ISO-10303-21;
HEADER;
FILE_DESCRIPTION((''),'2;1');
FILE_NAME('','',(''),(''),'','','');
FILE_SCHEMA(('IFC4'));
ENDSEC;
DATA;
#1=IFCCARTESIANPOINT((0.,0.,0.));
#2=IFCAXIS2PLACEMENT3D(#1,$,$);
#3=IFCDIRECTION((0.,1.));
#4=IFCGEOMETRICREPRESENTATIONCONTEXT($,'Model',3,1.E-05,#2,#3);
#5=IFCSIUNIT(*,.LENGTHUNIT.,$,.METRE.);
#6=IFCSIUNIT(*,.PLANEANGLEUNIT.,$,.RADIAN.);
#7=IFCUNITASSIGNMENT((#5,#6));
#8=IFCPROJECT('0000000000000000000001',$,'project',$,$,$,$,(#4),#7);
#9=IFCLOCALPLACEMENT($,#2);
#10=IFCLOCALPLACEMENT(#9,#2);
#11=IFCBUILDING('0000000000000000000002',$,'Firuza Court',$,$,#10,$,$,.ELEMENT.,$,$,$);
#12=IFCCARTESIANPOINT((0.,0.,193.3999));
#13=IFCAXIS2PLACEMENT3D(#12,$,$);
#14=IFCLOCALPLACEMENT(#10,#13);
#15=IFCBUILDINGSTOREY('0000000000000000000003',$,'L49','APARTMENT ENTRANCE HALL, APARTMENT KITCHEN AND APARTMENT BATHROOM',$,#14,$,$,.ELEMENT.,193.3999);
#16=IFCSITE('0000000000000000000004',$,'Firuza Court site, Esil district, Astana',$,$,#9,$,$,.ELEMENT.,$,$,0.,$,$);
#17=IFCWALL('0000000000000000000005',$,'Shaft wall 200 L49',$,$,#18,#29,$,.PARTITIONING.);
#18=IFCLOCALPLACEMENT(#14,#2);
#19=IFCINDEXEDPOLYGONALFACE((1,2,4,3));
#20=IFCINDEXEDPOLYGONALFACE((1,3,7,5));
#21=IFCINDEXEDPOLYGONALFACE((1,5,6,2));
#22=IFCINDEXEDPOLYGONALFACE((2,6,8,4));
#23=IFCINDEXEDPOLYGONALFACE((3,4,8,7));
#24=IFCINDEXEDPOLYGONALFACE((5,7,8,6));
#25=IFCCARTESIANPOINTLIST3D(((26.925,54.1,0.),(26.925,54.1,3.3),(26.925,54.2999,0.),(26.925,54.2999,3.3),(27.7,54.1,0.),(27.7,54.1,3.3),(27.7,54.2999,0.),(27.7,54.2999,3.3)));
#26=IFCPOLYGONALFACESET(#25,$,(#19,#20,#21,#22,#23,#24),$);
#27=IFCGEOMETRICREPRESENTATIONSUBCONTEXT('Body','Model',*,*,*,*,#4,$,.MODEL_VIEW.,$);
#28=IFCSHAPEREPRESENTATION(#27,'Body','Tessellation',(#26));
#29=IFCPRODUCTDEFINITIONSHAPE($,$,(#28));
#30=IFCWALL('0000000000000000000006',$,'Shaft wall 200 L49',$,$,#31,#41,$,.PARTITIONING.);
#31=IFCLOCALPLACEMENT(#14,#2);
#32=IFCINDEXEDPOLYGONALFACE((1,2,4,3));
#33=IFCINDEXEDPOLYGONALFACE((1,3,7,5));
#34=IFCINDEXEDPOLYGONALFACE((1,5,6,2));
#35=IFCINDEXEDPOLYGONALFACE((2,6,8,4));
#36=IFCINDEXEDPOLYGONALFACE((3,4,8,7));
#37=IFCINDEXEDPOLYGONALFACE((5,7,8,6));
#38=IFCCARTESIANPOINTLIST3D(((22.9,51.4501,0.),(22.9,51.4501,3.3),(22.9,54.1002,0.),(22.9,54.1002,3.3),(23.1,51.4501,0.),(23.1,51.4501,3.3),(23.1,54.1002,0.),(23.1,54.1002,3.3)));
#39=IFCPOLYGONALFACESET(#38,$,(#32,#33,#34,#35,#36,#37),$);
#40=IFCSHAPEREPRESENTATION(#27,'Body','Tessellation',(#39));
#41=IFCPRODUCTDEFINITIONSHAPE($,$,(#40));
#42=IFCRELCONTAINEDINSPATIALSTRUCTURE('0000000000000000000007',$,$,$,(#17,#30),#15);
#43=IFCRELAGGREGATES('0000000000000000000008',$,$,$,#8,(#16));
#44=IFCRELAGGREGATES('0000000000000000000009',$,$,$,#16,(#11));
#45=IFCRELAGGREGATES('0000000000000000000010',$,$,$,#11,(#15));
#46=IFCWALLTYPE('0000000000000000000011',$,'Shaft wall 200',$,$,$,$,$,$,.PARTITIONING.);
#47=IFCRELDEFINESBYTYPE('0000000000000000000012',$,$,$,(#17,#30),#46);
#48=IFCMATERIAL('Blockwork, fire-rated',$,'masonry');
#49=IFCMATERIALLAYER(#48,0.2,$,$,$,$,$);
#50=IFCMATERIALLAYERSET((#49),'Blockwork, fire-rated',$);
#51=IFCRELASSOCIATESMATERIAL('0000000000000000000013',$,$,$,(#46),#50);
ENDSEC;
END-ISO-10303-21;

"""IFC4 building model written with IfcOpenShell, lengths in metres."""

from ifc_helpers import new_model, si_unit, direction, frame, frame_2d, origin, place, context, subcontext, project, spatial, rectangle, extrude, material, layer, layer_set, type_object, element, save


model = new_model("IFC4")

# Units and contexts
model_context = context("Model", 3, precision=1e-05, world=origin(), true_north=direction((0.0, 1.0)))
body_context = subcontext(model_context, "Body", "Model", "MODEL_VIEW")
ifc_project = project(units=[si_unit("LENGTHUNIT", "METRE"), si_unit("PLANEANGLEUNIT", "RADIAN")], contexts=[model_context])

# Site, building, storey
site_placement = place(None, origin())
site = spatial("IfcSite", under=ifc_project, at=site_placement, Name="Firuza Court site, Esil district, Astana", CompositionType="ELEMENT", RefElevation=0.0)
building_placement = place(site_placement, origin())
building = spatial("IfcBuilding", under=site, at=building_placement, Name="Firuza Court", CompositionType="ELEMENT")
storey_placement = place(building_placement, frame((0.0, 0.0, 193.3999)))
storey = spatial("IfcBuildingStorey", under=building, at=storey_placement, Name="L49", Description="APARTMENT ENTRANCE HALL, APARTMENT KITCHEN AND APARTMENT BATHROOM", CompositionType="ELEMENT", Elevation=193.3999)

# Shared definitions
ifc_material_1 = material(Name="Blockwork, fire-rated", Category="masonry")
ifc_layer_1 = layer(ifc_material_1, 0.2)
ifc_layer_set_1 = layer_set([ifc_layer_1], Name="Blockwork, fire-rated")
wall_type_1 = type_object("IfcWallType", Name="Shaft wall 200", PredefinedType="PARTITIONING", material=ifc_layer_set_1)

# Walls
wall_1_placement = place(storey_placement, frame((26.925, 54.2, 0.0), z_axis=(0.0, 0.0, 1.0), x_axis=(1.0, 0.0, 0.0)))
element("IfcWall", 1, at=wall_1_placement, inside=storey, type_object=wall_type_1, Name="Shaft wall 200 L49", PredefinedType="PARTITIONING", context=body_context, shape_type="SweptSolid", body=[
    extrude(rectangle(XDim=0.7749, YDim=0.2, at=frame_2d((0.3875, 0.0))), origin(), (0.0, 0.0, 1.0), 3.3),
])
wall_2_placement = place(storey_placement, frame((23.0, 51.45, 0.0), z_axis=(0.0, 0.0, 1.0), x_axis=(0.0, 1.0, 0.0)))
element("IfcWall", 2, at=wall_2_placement, inside=storey, type_object=wall_type_1, Name="Shaft wall 200 L49", PredefinedType="PARTITIONING", context=body_context, shape_type="SweptSolid", body=[
    extrude(rectangle(XDim=2.6501, YDim=0.2, at=frame_2d((1.3252, 0.0))), origin(), (0.0, 0.0, 1.0), 3.3),
])

save(model, "model.ifc")
